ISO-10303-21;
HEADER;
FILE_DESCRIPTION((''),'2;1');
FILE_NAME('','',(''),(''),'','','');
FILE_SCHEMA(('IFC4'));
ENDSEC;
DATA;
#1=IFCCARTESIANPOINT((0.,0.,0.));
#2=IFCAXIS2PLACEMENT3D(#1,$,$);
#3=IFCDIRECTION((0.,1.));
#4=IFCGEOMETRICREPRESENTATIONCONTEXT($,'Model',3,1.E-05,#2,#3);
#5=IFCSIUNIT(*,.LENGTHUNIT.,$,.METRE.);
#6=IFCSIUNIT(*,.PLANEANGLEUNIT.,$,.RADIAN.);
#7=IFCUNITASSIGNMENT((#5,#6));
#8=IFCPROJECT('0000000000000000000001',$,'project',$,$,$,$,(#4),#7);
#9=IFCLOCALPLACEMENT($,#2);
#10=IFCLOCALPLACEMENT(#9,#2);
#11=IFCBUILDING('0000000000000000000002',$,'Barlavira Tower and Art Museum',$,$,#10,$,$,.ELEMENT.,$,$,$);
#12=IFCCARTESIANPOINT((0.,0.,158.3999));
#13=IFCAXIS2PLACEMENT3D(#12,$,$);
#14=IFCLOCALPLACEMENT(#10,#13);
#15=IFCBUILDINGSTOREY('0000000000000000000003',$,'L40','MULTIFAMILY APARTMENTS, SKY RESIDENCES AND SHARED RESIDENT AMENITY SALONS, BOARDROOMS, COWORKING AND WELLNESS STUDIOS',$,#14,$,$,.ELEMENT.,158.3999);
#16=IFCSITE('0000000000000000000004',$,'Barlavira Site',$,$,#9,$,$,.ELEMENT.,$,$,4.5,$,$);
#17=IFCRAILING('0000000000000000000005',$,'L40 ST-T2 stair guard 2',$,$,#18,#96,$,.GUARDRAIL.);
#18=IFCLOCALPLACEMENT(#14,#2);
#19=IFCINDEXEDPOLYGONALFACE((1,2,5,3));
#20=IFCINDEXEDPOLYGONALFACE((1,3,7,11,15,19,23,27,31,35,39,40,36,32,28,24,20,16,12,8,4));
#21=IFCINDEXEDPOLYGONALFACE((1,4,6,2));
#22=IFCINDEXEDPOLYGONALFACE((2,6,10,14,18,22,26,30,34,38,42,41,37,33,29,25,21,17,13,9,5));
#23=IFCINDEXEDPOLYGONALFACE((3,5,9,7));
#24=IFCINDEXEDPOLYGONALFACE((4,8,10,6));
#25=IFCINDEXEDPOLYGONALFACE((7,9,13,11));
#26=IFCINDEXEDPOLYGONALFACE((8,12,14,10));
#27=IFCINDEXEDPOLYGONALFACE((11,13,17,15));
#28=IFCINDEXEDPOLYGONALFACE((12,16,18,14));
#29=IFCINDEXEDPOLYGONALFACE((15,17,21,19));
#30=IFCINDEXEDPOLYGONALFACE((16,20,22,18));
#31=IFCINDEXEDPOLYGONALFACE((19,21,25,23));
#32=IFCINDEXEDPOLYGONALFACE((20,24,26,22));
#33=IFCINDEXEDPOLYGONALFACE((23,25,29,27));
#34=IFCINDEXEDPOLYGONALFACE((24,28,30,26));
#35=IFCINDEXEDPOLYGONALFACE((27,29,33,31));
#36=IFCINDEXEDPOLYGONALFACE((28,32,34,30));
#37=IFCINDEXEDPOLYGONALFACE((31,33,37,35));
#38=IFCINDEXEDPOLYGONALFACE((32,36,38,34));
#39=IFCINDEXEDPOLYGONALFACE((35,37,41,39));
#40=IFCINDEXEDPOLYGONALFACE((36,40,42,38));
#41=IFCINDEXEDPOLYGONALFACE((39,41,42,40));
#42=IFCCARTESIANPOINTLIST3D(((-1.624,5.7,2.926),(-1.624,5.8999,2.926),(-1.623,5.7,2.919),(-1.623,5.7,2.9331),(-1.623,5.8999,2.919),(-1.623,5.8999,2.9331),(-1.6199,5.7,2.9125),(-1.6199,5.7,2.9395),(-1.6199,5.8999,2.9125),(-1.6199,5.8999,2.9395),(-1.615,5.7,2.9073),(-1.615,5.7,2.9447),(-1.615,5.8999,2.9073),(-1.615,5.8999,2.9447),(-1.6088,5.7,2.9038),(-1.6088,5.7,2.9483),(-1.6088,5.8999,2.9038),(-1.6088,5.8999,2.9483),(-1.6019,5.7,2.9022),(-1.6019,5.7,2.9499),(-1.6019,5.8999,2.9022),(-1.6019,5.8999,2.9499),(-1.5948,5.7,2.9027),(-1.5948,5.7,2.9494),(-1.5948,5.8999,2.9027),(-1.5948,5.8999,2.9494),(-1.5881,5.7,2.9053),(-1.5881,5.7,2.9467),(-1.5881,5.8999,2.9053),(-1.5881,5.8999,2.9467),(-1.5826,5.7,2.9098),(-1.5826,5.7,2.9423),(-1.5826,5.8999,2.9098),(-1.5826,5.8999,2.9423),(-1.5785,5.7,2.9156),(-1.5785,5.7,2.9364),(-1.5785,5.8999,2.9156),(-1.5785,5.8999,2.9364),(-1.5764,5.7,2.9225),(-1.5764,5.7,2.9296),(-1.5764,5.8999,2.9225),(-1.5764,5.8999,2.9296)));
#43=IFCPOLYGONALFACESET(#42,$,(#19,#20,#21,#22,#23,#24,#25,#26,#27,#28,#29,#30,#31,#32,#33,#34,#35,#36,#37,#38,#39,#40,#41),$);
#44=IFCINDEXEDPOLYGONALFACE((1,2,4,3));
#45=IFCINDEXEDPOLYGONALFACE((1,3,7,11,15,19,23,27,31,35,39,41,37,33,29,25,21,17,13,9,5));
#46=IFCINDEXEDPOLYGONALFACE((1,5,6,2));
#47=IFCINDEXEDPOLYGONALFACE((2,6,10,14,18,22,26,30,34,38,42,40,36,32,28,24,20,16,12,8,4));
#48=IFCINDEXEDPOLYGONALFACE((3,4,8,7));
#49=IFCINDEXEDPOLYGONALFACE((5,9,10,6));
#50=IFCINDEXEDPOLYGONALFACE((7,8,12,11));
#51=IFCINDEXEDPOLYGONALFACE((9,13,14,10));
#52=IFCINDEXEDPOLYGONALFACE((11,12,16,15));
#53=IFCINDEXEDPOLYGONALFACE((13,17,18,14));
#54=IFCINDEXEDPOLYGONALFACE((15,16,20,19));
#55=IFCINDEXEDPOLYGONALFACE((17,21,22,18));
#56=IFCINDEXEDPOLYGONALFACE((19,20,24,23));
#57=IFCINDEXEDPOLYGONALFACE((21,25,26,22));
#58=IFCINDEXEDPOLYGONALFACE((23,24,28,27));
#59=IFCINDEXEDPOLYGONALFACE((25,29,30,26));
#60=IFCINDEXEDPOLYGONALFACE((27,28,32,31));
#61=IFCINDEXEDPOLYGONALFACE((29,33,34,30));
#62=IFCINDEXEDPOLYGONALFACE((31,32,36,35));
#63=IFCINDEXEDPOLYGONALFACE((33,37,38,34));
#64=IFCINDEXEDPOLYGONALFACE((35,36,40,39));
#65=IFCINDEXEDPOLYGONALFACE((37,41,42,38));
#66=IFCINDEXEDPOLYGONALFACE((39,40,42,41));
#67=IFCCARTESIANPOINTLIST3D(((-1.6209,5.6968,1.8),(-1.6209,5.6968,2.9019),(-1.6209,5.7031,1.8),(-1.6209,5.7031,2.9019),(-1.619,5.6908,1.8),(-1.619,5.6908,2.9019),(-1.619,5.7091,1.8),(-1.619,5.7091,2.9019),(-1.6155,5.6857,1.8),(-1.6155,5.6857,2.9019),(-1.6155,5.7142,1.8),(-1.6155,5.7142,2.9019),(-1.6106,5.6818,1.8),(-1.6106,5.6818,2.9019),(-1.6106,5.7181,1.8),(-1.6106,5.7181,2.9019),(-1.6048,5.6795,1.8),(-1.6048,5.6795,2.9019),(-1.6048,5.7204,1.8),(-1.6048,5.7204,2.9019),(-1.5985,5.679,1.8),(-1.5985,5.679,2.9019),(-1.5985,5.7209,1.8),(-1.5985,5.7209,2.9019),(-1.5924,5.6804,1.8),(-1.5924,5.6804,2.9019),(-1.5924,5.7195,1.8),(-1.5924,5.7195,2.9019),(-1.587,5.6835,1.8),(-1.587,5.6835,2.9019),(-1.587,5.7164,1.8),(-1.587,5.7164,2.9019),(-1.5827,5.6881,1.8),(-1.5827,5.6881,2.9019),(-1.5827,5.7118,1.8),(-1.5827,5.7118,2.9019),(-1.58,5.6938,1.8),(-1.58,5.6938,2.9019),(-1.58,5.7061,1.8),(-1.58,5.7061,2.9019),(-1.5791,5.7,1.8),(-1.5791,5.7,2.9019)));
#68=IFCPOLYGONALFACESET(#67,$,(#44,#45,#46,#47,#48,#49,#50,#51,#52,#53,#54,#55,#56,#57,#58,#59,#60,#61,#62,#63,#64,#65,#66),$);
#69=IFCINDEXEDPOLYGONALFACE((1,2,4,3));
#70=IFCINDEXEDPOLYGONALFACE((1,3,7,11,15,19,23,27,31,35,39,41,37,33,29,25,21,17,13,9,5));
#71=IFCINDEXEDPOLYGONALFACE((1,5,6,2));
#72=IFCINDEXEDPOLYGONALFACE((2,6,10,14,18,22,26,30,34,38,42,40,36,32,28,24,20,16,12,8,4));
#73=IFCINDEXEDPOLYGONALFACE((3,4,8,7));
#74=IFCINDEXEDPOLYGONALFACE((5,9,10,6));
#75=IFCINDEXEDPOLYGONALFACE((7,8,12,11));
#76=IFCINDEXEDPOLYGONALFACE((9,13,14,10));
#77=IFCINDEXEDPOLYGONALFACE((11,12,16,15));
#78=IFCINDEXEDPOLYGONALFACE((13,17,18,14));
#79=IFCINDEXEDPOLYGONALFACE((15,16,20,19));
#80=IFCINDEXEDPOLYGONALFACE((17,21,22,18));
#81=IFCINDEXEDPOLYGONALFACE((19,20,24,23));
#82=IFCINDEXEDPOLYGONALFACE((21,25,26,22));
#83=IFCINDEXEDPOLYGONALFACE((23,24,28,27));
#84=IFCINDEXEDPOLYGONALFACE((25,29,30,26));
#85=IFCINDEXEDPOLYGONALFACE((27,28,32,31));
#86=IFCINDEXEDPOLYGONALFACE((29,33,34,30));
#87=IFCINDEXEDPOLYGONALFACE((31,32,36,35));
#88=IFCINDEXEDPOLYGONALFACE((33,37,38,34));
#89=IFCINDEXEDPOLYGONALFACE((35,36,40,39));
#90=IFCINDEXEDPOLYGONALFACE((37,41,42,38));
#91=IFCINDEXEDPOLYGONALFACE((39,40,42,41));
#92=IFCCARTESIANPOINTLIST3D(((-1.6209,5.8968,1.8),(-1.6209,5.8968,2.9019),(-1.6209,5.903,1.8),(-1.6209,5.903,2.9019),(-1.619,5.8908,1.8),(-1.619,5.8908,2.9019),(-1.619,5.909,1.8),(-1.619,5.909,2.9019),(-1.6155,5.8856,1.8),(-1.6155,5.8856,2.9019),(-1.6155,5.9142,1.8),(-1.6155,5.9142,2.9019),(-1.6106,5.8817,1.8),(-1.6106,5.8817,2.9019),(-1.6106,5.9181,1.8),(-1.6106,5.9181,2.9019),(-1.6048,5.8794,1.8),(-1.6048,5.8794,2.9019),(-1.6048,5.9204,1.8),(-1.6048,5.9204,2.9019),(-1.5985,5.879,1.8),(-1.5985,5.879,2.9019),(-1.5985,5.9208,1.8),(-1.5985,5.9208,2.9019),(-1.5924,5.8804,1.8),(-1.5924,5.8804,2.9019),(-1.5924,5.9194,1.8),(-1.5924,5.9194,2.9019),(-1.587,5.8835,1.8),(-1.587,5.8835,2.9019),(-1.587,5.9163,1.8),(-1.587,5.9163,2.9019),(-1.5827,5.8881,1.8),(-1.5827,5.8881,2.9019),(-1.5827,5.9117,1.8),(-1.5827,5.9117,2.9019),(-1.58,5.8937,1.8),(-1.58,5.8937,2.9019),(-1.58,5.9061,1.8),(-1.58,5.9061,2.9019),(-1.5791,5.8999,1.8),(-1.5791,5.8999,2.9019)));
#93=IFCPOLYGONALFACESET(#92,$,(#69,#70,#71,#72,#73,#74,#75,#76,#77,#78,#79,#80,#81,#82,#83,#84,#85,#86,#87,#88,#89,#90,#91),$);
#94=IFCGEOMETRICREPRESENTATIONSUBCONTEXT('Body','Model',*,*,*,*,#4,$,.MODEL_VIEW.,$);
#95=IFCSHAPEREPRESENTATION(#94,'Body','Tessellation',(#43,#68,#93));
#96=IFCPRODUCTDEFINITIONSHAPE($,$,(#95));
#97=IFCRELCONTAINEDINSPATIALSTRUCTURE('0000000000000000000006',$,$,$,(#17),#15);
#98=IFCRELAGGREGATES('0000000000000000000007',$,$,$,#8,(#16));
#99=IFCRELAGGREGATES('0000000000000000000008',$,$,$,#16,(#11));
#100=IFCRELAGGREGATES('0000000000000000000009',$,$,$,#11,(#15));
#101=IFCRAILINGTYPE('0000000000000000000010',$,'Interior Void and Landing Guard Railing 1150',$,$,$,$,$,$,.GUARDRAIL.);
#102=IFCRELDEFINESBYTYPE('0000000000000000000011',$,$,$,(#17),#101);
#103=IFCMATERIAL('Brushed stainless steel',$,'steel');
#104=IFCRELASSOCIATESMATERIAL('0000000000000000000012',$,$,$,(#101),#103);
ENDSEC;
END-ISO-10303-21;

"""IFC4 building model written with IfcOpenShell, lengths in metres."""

from ifc_helpers import new_model, si_unit, direction, frame, origin, origin_2d, place, context, subcontext, project, spatial, circle, extrude, material, type_object, element, save


model = new_model("IFC4")

# Units and contexts
model_context = context("Model", 3, precision=1e-05, world=origin(), true_north=direction((0.0, 1.0)))
body_context = subcontext(model_context, "Body", "Model", "MODEL_VIEW")
ifc_project = project(units=[si_unit("LENGTHUNIT", "METRE"), si_unit("PLANEANGLEUNIT", "RADIAN")], contexts=[model_context])

# Site, building, storey
site_placement = place(None, origin())
site = spatial("IfcSite", under=ifc_project, at=site_placement, Name="Barlavira Site", CompositionType="ELEMENT", RefElevation=4.5)
building_placement = place(site_placement, origin())
building = spatial("IfcBuilding", under=site, at=building_placement, Name="Barlavira Tower and Art Museum", CompositionType="ELEMENT")
storey_placement = place(building_placement, frame((0.0, 0.0, 158.3999)))
storey = spatial("IfcBuildingStorey", under=building, at=storey_placement, Name="L40", Description="MULTIFAMILY APARTMENTS, SKY RESIDENCES AND SHARED RESIDENT AMENITY SALONS, BOARDROOMS, COWORKING AND WELLNESS STUDIOS", CompositionType="ELEMENT", Elevation=158.3999)

# Shared definitions
ifc_material_1 = material(Name="Brushed stainless steel", Category="steel")

# Railing
railing_type_1 = type_object("IfcRailingType", Name="Interior Void and Landing Guard Railing 1150", PredefinedType="GUARDRAIL", material=ifc_material_1)
railing_1_placement = place(storey_placement, frame((-1.6001, 5.7, 1.8)))
element("IfcRailing", 1, at=railing_1_placement, inside=storey, type_object=railing_type_1, Name="L40 ST-T2 stair guard 2", PredefinedType="GUARDRAIL", context=body_context, shape_type="SweptSolid", body=[
    extrude(circle(Radius=0.0239, at=origin_2d()), frame((0.0, 0.0, 1.126), z_axis=(0.0, 1.0, 0.0), x_axis=(-1.0, 0.0, 0.0)), (0.0, 0.0, 1.0), 0.2),
    extrude(circle(Radius=0.021, at=origin_2d()), origin(), (0.0, 0.0, 1.0), 1.1018),
    extrude(circle(Radius=0.021, at=origin_2d()), frame((0.0, 0.2, 0.0)), (0.0, 0.0, 1.0), 1.1018),
])

save(model, "model.ifc")
